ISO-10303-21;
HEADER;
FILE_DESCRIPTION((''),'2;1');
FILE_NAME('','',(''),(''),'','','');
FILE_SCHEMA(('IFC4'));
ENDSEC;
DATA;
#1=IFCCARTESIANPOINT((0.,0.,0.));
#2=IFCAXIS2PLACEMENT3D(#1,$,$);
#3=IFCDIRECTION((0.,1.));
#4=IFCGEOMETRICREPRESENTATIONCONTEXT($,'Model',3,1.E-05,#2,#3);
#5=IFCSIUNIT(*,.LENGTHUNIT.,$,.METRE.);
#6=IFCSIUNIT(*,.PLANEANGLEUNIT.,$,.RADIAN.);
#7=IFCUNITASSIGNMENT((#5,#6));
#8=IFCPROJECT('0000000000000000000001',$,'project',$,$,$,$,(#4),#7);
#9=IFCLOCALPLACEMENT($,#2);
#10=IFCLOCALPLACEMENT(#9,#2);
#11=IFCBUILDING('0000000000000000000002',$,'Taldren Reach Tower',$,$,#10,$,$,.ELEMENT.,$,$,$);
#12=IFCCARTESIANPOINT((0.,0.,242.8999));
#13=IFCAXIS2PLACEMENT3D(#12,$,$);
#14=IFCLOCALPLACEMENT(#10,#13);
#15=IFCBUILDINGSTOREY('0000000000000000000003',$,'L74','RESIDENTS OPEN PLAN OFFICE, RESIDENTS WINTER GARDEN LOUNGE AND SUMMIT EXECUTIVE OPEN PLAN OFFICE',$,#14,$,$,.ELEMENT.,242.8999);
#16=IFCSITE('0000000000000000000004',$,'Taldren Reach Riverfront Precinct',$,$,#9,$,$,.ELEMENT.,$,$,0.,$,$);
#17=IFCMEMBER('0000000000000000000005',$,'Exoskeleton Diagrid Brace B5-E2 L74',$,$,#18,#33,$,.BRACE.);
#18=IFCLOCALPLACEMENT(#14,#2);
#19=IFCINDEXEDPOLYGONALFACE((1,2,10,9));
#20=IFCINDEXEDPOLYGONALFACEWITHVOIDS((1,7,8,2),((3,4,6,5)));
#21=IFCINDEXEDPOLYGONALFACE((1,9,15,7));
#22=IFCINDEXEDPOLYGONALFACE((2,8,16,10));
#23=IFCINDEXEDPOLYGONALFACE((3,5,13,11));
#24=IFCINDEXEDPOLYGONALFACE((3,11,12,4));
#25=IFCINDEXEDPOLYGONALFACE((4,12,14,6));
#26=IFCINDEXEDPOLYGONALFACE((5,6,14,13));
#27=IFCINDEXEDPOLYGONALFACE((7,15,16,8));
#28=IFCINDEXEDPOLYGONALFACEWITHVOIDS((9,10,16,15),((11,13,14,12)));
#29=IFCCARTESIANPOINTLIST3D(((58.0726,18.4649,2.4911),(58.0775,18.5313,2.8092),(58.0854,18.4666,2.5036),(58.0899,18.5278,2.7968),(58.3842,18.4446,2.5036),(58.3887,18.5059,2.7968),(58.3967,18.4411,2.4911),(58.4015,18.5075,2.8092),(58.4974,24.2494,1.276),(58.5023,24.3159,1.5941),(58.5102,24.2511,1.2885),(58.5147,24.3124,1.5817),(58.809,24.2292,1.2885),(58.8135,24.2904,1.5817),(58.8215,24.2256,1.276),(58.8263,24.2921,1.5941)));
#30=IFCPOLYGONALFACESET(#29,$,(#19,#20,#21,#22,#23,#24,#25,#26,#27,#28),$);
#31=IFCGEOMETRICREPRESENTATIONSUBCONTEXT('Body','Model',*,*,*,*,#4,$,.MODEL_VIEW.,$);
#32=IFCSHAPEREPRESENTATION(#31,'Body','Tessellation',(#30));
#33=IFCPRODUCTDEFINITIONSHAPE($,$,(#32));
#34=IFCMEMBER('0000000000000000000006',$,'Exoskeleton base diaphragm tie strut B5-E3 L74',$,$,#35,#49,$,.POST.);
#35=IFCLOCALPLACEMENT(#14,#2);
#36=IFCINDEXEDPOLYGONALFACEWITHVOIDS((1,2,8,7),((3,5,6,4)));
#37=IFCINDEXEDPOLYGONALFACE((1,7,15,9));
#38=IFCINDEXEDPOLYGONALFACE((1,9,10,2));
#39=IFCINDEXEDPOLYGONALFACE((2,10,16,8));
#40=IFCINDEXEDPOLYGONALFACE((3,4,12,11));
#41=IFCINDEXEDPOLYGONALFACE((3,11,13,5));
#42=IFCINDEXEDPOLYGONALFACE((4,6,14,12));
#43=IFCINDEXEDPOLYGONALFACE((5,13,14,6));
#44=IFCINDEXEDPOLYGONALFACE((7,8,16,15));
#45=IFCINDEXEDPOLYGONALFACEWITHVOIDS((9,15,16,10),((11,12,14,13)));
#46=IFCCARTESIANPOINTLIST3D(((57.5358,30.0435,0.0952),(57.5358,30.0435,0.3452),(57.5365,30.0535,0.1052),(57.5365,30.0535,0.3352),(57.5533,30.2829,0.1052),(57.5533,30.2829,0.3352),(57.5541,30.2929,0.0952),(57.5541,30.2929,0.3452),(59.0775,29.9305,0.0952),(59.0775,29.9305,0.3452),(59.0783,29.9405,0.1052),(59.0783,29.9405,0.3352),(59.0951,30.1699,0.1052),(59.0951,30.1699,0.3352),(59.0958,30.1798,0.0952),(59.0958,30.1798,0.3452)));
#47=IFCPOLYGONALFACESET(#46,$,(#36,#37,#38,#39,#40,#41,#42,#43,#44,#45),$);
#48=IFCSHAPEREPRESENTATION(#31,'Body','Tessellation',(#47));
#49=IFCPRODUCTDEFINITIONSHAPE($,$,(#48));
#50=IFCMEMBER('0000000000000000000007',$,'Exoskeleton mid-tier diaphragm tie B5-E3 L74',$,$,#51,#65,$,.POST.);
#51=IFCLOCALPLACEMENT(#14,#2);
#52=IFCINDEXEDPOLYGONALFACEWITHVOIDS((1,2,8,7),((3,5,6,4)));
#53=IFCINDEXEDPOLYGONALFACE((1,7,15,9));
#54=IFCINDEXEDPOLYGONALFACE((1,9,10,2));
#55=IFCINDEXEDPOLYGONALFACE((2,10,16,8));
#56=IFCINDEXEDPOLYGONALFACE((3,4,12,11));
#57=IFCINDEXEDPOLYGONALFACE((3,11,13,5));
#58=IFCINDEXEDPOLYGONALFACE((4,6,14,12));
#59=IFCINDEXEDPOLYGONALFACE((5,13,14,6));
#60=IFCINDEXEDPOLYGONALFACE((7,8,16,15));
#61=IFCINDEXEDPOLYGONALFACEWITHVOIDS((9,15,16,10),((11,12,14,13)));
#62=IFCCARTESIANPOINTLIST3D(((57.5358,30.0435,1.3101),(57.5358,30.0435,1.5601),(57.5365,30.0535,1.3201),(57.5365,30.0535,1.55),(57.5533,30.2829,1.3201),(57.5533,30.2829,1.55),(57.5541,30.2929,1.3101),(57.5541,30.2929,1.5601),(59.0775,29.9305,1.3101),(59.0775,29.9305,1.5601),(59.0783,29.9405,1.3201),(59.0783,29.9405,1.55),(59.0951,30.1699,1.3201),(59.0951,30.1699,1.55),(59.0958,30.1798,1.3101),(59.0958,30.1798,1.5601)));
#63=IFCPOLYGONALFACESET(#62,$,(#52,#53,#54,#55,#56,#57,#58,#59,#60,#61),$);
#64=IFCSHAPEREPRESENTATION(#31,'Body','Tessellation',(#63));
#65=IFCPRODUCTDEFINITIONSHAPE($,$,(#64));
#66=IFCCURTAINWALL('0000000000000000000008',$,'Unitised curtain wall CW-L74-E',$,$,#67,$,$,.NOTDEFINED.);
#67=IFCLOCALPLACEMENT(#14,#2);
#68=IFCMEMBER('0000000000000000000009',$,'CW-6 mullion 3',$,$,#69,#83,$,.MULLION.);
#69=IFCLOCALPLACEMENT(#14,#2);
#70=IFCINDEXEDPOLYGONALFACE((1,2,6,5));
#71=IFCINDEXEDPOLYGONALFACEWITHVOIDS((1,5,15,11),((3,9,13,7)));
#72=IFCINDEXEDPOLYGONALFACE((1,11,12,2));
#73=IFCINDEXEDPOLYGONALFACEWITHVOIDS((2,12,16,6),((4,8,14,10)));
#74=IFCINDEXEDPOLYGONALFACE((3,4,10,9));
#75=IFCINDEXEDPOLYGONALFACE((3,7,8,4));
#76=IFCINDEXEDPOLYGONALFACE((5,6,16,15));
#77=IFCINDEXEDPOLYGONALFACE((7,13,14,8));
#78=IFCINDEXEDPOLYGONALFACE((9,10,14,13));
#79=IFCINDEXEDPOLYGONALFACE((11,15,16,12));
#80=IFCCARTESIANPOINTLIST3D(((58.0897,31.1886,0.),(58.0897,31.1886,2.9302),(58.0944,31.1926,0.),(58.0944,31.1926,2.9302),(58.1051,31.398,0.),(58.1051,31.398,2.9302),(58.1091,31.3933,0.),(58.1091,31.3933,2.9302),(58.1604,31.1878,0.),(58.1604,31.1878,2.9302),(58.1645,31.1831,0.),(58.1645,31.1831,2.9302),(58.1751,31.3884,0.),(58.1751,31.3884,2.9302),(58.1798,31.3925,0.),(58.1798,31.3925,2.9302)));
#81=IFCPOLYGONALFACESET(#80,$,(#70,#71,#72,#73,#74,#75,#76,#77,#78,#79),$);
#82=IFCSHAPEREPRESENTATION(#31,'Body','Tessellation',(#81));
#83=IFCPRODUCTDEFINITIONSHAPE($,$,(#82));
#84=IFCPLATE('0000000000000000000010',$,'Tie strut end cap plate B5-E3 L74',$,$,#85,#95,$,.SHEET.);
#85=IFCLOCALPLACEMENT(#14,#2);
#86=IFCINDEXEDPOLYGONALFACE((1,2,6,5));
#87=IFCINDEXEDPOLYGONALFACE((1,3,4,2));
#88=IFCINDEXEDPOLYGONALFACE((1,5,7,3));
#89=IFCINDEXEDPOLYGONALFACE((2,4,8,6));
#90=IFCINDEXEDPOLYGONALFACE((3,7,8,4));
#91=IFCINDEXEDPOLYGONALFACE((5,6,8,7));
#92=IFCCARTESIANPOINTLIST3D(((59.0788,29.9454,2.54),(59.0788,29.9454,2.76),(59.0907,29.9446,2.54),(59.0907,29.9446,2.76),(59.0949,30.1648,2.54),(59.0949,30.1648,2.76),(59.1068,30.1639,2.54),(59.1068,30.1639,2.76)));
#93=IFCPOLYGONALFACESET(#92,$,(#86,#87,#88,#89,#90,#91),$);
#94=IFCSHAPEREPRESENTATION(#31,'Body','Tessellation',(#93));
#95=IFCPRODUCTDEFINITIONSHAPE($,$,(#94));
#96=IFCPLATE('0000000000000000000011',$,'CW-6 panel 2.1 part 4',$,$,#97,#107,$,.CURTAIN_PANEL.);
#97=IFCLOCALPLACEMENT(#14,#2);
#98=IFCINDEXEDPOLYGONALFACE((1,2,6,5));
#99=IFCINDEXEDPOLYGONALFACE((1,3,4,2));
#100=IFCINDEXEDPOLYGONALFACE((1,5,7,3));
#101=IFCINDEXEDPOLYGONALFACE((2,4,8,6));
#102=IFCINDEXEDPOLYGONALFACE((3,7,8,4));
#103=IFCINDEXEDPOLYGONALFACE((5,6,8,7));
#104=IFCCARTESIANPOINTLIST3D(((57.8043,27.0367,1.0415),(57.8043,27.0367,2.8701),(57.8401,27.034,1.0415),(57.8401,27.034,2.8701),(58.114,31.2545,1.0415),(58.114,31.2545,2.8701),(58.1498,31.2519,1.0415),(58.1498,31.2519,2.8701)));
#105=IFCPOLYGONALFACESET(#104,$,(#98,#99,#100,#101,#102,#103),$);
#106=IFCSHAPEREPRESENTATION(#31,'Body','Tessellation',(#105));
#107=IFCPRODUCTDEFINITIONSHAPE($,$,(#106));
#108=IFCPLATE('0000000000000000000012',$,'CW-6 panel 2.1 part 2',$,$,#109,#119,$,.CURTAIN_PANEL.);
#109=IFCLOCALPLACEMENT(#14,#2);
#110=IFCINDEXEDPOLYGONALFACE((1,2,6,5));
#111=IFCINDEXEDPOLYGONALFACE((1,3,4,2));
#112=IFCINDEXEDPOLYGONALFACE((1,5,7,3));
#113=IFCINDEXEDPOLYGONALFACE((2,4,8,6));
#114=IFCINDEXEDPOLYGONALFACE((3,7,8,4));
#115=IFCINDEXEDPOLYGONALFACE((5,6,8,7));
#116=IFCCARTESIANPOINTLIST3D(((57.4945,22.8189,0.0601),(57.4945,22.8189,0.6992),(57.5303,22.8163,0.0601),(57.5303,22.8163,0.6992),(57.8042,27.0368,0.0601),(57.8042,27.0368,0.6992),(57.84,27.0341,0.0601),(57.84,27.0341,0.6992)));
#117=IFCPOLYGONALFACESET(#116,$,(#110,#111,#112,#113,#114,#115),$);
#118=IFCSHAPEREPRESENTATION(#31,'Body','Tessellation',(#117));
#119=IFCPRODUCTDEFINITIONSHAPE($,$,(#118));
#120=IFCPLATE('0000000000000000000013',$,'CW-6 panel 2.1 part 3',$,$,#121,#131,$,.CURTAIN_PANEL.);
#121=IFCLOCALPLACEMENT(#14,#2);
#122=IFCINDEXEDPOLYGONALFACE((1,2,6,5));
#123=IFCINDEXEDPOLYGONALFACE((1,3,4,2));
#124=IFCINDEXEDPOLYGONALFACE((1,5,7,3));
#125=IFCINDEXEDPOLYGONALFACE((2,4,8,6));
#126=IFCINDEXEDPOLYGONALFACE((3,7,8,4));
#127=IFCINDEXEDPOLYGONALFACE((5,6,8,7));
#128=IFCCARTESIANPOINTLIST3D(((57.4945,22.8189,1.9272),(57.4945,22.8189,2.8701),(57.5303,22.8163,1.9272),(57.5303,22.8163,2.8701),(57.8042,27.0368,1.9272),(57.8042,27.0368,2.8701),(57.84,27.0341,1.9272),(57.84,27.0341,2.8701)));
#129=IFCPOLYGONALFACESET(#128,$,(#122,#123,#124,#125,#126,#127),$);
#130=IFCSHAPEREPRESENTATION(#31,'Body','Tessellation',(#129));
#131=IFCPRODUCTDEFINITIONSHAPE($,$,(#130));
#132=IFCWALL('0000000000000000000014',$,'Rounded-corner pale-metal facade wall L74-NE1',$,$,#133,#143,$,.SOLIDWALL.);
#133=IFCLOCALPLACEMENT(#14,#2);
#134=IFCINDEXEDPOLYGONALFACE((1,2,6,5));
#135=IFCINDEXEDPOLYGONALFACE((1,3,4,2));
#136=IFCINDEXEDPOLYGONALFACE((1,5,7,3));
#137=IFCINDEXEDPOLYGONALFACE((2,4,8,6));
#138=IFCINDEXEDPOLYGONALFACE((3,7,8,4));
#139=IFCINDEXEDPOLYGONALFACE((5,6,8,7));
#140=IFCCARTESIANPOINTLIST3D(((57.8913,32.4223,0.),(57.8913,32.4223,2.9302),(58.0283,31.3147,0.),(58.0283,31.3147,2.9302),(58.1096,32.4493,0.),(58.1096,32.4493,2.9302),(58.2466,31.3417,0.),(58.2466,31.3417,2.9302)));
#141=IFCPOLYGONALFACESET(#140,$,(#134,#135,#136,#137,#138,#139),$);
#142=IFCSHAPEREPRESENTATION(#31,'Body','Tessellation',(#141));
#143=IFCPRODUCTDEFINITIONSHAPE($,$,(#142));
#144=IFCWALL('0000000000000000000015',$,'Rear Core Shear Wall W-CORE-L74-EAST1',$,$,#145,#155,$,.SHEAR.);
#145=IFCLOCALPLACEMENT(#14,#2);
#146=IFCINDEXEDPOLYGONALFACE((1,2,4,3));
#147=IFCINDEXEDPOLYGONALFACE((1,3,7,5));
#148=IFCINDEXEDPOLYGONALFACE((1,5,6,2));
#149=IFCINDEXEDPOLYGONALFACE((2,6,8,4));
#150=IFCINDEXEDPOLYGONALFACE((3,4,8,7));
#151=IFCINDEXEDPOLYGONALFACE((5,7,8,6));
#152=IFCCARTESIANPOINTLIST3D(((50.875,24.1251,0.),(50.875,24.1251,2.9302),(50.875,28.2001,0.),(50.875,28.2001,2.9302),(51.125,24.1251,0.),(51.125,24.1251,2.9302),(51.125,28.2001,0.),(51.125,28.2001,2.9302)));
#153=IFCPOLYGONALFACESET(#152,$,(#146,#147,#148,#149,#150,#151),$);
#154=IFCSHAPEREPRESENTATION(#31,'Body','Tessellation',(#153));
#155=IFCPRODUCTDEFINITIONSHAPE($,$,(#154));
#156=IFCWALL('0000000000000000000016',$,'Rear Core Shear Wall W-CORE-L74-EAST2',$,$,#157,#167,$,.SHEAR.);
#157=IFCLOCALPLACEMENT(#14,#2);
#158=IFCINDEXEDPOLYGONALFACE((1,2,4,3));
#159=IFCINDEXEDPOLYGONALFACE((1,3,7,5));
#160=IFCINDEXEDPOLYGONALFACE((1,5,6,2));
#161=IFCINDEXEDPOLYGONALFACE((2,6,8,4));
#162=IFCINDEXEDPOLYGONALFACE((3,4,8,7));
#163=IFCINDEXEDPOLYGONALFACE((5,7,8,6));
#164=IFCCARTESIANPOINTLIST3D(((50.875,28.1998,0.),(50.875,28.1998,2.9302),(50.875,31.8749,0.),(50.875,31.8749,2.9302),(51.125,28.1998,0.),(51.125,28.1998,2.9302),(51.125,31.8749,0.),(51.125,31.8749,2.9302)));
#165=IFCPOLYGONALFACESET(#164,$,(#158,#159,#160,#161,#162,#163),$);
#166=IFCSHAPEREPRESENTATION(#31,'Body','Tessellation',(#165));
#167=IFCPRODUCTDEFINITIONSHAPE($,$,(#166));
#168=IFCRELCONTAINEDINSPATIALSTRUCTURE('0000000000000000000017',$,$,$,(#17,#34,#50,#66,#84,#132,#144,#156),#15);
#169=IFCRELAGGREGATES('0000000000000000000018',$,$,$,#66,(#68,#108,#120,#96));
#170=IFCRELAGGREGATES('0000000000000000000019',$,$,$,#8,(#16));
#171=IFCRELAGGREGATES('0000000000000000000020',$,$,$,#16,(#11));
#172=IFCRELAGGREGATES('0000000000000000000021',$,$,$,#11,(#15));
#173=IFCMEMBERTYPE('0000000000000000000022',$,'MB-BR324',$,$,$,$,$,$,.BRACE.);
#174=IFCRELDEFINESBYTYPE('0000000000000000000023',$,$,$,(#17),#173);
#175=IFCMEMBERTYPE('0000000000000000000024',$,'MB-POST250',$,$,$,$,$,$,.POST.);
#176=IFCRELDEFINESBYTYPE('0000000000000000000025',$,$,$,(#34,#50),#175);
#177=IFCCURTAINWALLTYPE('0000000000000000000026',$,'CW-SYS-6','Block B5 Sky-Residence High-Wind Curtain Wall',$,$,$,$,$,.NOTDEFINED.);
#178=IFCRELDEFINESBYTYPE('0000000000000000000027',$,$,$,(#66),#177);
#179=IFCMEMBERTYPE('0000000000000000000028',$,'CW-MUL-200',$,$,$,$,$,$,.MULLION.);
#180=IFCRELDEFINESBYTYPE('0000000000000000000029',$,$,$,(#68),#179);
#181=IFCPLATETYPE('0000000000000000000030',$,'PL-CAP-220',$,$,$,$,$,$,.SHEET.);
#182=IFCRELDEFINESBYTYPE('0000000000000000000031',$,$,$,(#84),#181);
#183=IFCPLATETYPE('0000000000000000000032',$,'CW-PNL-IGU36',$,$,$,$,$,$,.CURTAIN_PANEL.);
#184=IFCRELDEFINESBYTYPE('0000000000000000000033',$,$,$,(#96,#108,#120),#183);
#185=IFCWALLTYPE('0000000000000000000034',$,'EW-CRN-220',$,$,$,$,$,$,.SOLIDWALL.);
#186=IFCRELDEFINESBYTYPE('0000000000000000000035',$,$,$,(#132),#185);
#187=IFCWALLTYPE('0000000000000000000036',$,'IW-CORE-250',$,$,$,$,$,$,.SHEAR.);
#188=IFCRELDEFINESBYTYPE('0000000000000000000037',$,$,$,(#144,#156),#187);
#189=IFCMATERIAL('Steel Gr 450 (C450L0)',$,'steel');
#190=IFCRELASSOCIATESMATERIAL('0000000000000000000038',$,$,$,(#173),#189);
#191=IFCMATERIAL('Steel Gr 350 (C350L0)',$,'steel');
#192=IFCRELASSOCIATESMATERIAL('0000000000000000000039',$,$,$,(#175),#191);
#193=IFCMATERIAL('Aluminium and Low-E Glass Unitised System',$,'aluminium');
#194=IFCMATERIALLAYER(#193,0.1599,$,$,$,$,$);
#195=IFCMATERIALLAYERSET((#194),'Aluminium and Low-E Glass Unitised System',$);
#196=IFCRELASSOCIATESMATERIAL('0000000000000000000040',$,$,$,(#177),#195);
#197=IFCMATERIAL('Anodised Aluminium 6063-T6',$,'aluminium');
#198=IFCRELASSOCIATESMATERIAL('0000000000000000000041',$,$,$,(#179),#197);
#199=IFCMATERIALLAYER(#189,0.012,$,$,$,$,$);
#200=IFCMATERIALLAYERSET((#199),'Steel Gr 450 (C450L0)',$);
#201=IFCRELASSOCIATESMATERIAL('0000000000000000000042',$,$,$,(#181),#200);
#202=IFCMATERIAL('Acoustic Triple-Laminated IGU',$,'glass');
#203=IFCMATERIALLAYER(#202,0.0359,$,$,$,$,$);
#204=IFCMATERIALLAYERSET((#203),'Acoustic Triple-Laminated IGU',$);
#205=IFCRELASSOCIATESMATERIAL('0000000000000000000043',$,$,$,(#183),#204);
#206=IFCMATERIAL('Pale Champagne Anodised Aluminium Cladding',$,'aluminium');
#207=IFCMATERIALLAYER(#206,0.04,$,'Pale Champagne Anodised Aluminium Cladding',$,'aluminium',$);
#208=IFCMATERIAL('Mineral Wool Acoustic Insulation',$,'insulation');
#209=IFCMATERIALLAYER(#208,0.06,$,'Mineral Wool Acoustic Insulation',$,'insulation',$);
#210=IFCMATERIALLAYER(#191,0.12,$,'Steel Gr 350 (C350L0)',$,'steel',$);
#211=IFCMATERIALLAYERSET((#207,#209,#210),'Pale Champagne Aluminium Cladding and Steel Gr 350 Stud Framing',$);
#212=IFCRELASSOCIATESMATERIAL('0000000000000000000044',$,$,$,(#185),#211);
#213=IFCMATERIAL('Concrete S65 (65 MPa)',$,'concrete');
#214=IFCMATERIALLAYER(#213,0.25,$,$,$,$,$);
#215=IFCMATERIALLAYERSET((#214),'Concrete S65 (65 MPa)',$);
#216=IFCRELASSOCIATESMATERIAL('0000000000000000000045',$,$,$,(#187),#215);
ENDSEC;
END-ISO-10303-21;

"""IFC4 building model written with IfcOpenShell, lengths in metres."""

from ifc_helpers import new_model, si_unit, direction, frame, frame_2d, origin, origin_2d, place, context, subcontext, project, spatial, rectangle, hollow_rectangle, extrude, source, transform, mapped, material, layer, layer_set, material_profile, profile_set, type_object, element, aggregate, save


model = new_model("IFC4")

# Units and contexts
model_context = context("Model", 3, precision=1e-05, world=origin(), true_north=direction((0.0, 1.0)))
body_context = subcontext(model_context, "Body", "Model", "MODEL_VIEW")
ifc_project = project(units=[si_unit("LENGTHUNIT", "METRE"), si_unit("PLANEANGLEUNIT", "RADIAN")], contexts=[model_context])

# Site, building, storey
site_placement = place(None, origin())
site = spatial("IfcSite", under=ifc_project, at=site_placement, Name="Taldren Reach Riverfront Precinct", CompositionType="ELEMENT", RefElevation=0.0)
building_placement = place(site_placement, origin())
building = spatial("IfcBuilding", under=site, at=building_placement, Name="Taldren Reach Tower", CompositionType="ELEMENT")
storey_placement = place(building_placement, frame((0.0, 0.0, 242.8999)))
storey = spatial("IfcBuildingStorey", under=building, at=storey_placement, Name="L74", Description="RESIDENTS OPEN PLAN OFFICE, RESIDENTS WINTER GARDEN LOUNGE AND SUMMIT EXECUTIVE OPEN PLAN OFFICE", CompositionType="ELEMENT", Elevation=242.8999)

# Shared definitions
ifc_material_1 = material(Name="Steel Gr 450 (C450L0)", Category="steel")

# Members
ifc_material_profile_1 = material_profile(ifc_material_1, hollow_rectangle(XDim=0.325, YDim=0.325, WallThickness=0.0127, at=origin_2d()), Name="325x325x12.7SHS")
ifc_profile_set_1 = profile_set([ifc_material_profile_1], Name="Steel Gr 450 (C450L0)")
member_type_1 = type_object("IfcMemberType", Name="MB-BR324", PredefinedType="BRACE", material=ifc_profile_set_1)
shared_shape_1 = source(origin(), body_context, "Body", "SweptSolid", [
    extrude(hollow_rectangle(XDim=0.325, YDim=0.325, WallThickness=0.0127, at=origin_2d()), origin(), (0.0, 0.0, 1.0), 5.926),
])
member_1_placement = place(storey_placement, frame((58.6619, 24.2708, 1.4351), z_axis=(-0.071686, -0.976123, 0.205046), x_axis=(0.997314, -0.073242, 0.0)))
element("IfcMember", 1, at=member_1_placement, inside=storey, type_object=member_type_1, Name="Exoskeleton Diagrid Brace B5-E2 L74", PredefinedType="BRACE", context=body_context, shape_type="MappedRepresentation", body=[
    mapped(shared_shape_1, transform((0.0, 0.0, 0.0), scale=1.0)),
])
ifc_material_2 = material(Name="Steel Gr 350 (C350L0)", Category="steel")
ifc_material_profile_2 = material_profile(ifc_material_2, hollow_rectangle(XDim=0.25, YDim=0.25, WallThickness=0.01, at=origin_2d()), Name="250x250x10.0SHS")
ifc_profile_set_2 = profile_set([ifc_material_profile_2], Name="Steel Gr 350 (C350L0)")
member_type_2 = type_object("IfcMemberType", Name="MB-POST250", PredefinedType="POST", material=ifc_profile_set_2)
shared_shape_2 = source(origin(), body_context, "Body", "SweptSolid", [
    extrude(hollow_rectangle(XDim=0.25, YDim=0.25, WallThickness=0.01, at=origin_2d()), origin(), (0.0, 0.0, 1.0), 1.5459),
])
for number, where, z_axis, x_axis, name in (
    (2, (57.5449, 30.1682, 0.2202), (0.997323, -0.073121, 0.0), (0.073121, 0.997323, 0.0), "Exoskeleton base diaphragm tie strut B5-E3 L74"),
    (3, (57.5449, 30.1682, 1.4351), (0.997323, -0.073121, 0.0), (0.073121, 0.997323, 0.0), "Exoskeleton mid-tier diaphragm tie B5-E3 L74"),
):
    element("IfcMember", number, at=place(storey_placement, frame(where, z_axis=z_axis, x_axis=x_axis)), inside=storey, type_object=member_type_2, Name=name, PredefinedType="POST", context=body_context, shape_type="MappedRepresentation", body=[
        mapped(shared_shape_2, transform((0.0, 0.0, 0.0), scale=1.0)),
    ])

# Curtain wall, member
ifc_material_3 = material(Name="Aluminium and Low-E Glass Unitised System", Category="aluminium")
ifc_layer_1 = layer(ifc_material_3, 0.1599)
ifc_layer_set_1 = layer_set([ifc_layer_1], Name="Aluminium and Low-E Glass Unitised System")
curtain_wall_type = type_object("IfcCurtainWallType", Name="CW-SYS-6", Description="Block B5 Sky-Residence High-Wind Curtain Wall", PredefinedType="NOTDEFINED", material=ifc_layer_set_1)
curtain_wall_placement = place(storey_placement, origin())
curtain_wall = element("IfcCurtainWall", 4, at=curtain_wall_placement, inside=storey, type_object=curtain_wall_type, Name="Unitised curtain wall CW-L74-E", PredefinedType="NOTDEFINED")
ifc_material_4 = material(Name="Anodised Aluminium 6063-T6", Category="aluminium")
ifc_material_profile_3 = material_profile(ifc_material_4, hollow_rectangle(XDim=0.075, YDim=0.21, WallThickness=0.0044, at=origin_2d()), Name="ALU-210x75x4.5RHS")
ifc_profile_set_3 = profile_set([ifc_material_profile_3], Name="Anodised Aluminium 6063-T6")
member_type_3 = type_object("IfcMemberType", Name="CW-MUL-200", PredefinedType="MULLION", material=ifc_profile_set_3)
shared_shape_3 = source(origin(), body_context, "Body", "SweptSolid", [
    extrude(hollow_rectangle(XDim=0.075, YDim=0.21, WallThickness=0.0044, at=origin_2d()), origin(), (0.0, 0.0, 1.0), 2.9302),
])
member_2_placement = place(storey_placement, frame((58.1348, 31.2905, 0.0), z_axis=(0.0, 0.0, 1.0), x_axis=(-0.997314, 0.073238, 0.0)))
member_2 = element("IfcMember", 5, at=member_2_placement, type_object=member_type_3, Name="CW-6 mullion 3", PredefinedType="MULLION", context=body_context, shape_type="MappedRepresentation", body=[
    mapped(shared_shape_3, transform((0.0, 0.0, 0.0), scale=1.0)),
])

# Plates
ifc_layer_2 = layer(ifc_material_1, 0.012)
ifc_layer_set_2 = layer_set([ifc_layer_2], Name="Steel Gr 450 (C450L0)")
plate_type_1 = type_object("IfcPlateType", Name="PL-CAP-220", PredefinedType="SHEET", material=ifc_layer_set_2)
shared_shape_4 = source(origin(), body_context, "Body", "SweptSolid", [
    extrude(rectangle(XDim=0.012, YDim=0.22, at=origin_2d()), origin(), (0.0, 0.0, 1.0), 0.22),
])
plate_1_placement = place(storey_placement, frame((59.0928, 30.0547, 2.54), z_axis=(0.0, 0.0, 1.0), x_axis=(0.997314, -0.073238, 0.0)))
element("IfcPlate", 6, at=plate_1_placement, inside=storey, type_object=plate_type_1, Name="Tie strut end cap plate B5-E3 L74", PredefinedType="SHEET", context=body_context, shape_type="MappedRepresentation", body=[
    mapped(shared_shape_4, transform((0.0, 0.0, 0.0), scale=1.0)),
])
ifc_material_5 = material(Name="Acoustic Triple-Laminated IGU", Category="glass")
ifc_layer_3 = layer(ifc_material_5, 0.0359)
ifc_layer_set_3 = layer_set([ifc_layer_3], Name="Acoustic Triple-Laminated IGU")
plate_type_2 = type_object("IfcPlateType", Name="CW-PNL-IGU36", PredefinedType="CURTAIN_PANEL", material=ifc_layer_set_3)
shared_shape_5 = source(origin(), body_context, "Body", "SweptSolid", [
    extrude(rectangle(XDim=4.2292, YDim=0.0359, at=origin_2d()), origin(), (0.0, 0.0, 1.0), 1.8286),
])
plate_2_placement = place(storey_placement, frame((57.9771, 29.1443, 1.0415), z_axis=(0.0, 0.0, 1.0), x_axis=(0.073238, 0.997314, 0.0)))
plate_2 = element("IfcPlate", 7, at=plate_2_placement, type_object=plate_type_2, Name="CW-6 panel 2.1 part 4", PredefinedType="CURTAIN_PANEL", context=body_context, shape_type="MappedRepresentation", body=[
    mapped(shared_shape_5, transform((0.0, 0.0, 0.0), scale=1.0)),
])
shared_shape_6 = source(origin(), body_context, "Body", "SweptSolid", [
    extrude(rectangle(XDim=4.2292, YDim=0.0359, at=origin_2d()), origin(), (0.0, 0.0, 1.0), 0.6392),
])
plate_3_placement = place(storey_placement, frame((57.6672, 24.9265, 0.0601), z_axis=(0.0, 0.0, 1.0), x_axis=(0.073238, 0.997314, 0.0)))
plate_3 = element("IfcPlate", 8, at=plate_3_placement, type_object=plate_type_2, Name="CW-6 panel 2.1 part 2", PredefinedType="CURTAIN_PANEL", context=body_context, shape_type="MappedRepresentation", body=[
    mapped(shared_shape_6, transform((0.0, 0.0, 0.0), scale=1.0)),
])
shared_shape_7 = source(origin(), body_context, "Body", "SweptSolid", [
    extrude(rectangle(XDim=4.2292, YDim=0.0359, at=origin_2d()), origin(), (0.0, 0.0, 1.0), 0.9429),
])
plate_4_placement = place(storey_placement, frame((57.6672, 24.9265, 1.9272), z_axis=(0.0, 0.0, 1.0), x_axis=(0.073238, 0.997314, 0.0)))
plate_4 = element("IfcPlate", 9, at=plate_4_placement, type_object=plate_type_2, Name="CW-6 panel 2.1 part 3", PredefinedType="CURTAIN_PANEL", context=body_context, shape_type="MappedRepresentation", body=[
    mapped(shared_shape_7, transform((0.0, 0.0, 0.0), scale=1.0)),
])
aggregate(curtain_wall, [member_2, plate_3, plate_4, plate_2])

# Walls
ifc_material_6 = material(Name="Pale Champagne Anodised Aluminium Cladding", Category="aluminium")
ifc_layer_4 = layer(ifc_material_6, 0.04, Name="Pale Champagne Anodised Aluminium Cladding", Category="aluminium")
ifc_material_7 = material(Name="Mineral Wool Acoustic Insulation", Category="insulation")
ifc_layer_5 = layer(ifc_material_7, 0.06, Name="Mineral Wool Acoustic Insulation", Category="insulation")
ifc_layer_6 = layer(ifc_material_2, 0.12, Name="Steel Gr 350 (C350L0)", Category="steel")
ifc_layer_set_4 = layer_set([ifc_layer_4, ifc_layer_5, ifc_layer_6], Name="Pale Champagne Aluminium Cladding and Steel Gr 350 Stud Framing")
wall_type_1 = type_object("IfcWallType", Name="EW-CRN-220", PredefinedType="SOLIDWALL", material=ifc_layer_set_4)
shared_shape_8 = source(origin(), body_context, "Body", "SweptSolid", [
    extrude(rectangle(XDim=1.116, YDim=0.22, at=frame_2d((0.5581, 0.0))), origin(), (0.0, 0.0, 1.0), 2.9302),
])
wall_1_placement = place(storey_placement, frame((58.1375, 31.3281, 0.0), z_axis=(0.0, 0.0, 1.0), x_axis=(-0.122742, 0.992439, 0.0)))
element("IfcWall", 10, at=wall_1_placement, inside=storey, type_object=wall_type_1, Name="Rounded-corner pale-metal facade wall L74-NE1", PredefinedType="SOLIDWALL", context=body_context, shape_type="MappedRepresentation", body=[
    mapped(shared_shape_8, transform((0.0, 0.0, 0.0), scale=1.0)),
])
ifc_material_8 = material(Name="Concrete S65 (65 MPa)", Category="concrete")
ifc_layer_7 = layer(ifc_material_8, 0.25)
ifc_layer_set_5 = layer_set([ifc_layer_7], Name="Concrete S65 (65 MPa)")
wall_type_2 = type_object("IfcWallType", Name="IW-CORE-250", PredefinedType="SHEAR", material=ifc_layer_set_5)
shared_shape_9 = source(origin(), body_context, "Body", "SweptSolid", [
    extrude(rectangle(XDim=4.075, YDim=0.25, at=frame_2d((2.0376, 0.0))), origin(), (0.0, 0.0, 1.0), 2.9302),
])
wall_2_placement = place(storey_placement, frame((51.0, 24.125, 0.0), z_axis=(0.0, 0.0, 1.0), x_axis=(0.0, 1.0, 0.0)))
element("IfcWall", 11, at=wall_2_placement, inside=storey, type_object=wall_type_2, Name="Rear Core Shear Wall W-CORE-L74-EAST1", PredefinedType="SHEAR", context=body_context, shape_type="MappedRepresentation", body=[
    mapped(shared_shape_9, transform((0.0, 0.0, 0.0), scale=1.0)),
])
shared_shape_10 = source(origin(), body_context, "Body", "SweptSolid", [
    extrude(rectangle(XDim=3.675, YDim=0.25, at=frame_2d((1.8374, 0.0))), origin(), (0.0, 0.0, 1.0), 2.9302),
])
wall_3_placement = place(storey_placement, frame((51.0, 28.2, 0.0), z_axis=(0.0, 0.0, 1.0), x_axis=(0.0, 1.0, 0.0)))
element("IfcWall", 12, at=wall_3_placement, inside=storey, type_object=wall_type_2, Name="Rear Core Shear Wall W-CORE-L74-EAST2", PredefinedType="SHEAR", context=body_context, shape_type="MappedRepresentation", body=[
    mapped(shared_shape_10, transform((0.0, 0.0, 0.0), scale=1.0)),
])

save(model, "model.ifc")
